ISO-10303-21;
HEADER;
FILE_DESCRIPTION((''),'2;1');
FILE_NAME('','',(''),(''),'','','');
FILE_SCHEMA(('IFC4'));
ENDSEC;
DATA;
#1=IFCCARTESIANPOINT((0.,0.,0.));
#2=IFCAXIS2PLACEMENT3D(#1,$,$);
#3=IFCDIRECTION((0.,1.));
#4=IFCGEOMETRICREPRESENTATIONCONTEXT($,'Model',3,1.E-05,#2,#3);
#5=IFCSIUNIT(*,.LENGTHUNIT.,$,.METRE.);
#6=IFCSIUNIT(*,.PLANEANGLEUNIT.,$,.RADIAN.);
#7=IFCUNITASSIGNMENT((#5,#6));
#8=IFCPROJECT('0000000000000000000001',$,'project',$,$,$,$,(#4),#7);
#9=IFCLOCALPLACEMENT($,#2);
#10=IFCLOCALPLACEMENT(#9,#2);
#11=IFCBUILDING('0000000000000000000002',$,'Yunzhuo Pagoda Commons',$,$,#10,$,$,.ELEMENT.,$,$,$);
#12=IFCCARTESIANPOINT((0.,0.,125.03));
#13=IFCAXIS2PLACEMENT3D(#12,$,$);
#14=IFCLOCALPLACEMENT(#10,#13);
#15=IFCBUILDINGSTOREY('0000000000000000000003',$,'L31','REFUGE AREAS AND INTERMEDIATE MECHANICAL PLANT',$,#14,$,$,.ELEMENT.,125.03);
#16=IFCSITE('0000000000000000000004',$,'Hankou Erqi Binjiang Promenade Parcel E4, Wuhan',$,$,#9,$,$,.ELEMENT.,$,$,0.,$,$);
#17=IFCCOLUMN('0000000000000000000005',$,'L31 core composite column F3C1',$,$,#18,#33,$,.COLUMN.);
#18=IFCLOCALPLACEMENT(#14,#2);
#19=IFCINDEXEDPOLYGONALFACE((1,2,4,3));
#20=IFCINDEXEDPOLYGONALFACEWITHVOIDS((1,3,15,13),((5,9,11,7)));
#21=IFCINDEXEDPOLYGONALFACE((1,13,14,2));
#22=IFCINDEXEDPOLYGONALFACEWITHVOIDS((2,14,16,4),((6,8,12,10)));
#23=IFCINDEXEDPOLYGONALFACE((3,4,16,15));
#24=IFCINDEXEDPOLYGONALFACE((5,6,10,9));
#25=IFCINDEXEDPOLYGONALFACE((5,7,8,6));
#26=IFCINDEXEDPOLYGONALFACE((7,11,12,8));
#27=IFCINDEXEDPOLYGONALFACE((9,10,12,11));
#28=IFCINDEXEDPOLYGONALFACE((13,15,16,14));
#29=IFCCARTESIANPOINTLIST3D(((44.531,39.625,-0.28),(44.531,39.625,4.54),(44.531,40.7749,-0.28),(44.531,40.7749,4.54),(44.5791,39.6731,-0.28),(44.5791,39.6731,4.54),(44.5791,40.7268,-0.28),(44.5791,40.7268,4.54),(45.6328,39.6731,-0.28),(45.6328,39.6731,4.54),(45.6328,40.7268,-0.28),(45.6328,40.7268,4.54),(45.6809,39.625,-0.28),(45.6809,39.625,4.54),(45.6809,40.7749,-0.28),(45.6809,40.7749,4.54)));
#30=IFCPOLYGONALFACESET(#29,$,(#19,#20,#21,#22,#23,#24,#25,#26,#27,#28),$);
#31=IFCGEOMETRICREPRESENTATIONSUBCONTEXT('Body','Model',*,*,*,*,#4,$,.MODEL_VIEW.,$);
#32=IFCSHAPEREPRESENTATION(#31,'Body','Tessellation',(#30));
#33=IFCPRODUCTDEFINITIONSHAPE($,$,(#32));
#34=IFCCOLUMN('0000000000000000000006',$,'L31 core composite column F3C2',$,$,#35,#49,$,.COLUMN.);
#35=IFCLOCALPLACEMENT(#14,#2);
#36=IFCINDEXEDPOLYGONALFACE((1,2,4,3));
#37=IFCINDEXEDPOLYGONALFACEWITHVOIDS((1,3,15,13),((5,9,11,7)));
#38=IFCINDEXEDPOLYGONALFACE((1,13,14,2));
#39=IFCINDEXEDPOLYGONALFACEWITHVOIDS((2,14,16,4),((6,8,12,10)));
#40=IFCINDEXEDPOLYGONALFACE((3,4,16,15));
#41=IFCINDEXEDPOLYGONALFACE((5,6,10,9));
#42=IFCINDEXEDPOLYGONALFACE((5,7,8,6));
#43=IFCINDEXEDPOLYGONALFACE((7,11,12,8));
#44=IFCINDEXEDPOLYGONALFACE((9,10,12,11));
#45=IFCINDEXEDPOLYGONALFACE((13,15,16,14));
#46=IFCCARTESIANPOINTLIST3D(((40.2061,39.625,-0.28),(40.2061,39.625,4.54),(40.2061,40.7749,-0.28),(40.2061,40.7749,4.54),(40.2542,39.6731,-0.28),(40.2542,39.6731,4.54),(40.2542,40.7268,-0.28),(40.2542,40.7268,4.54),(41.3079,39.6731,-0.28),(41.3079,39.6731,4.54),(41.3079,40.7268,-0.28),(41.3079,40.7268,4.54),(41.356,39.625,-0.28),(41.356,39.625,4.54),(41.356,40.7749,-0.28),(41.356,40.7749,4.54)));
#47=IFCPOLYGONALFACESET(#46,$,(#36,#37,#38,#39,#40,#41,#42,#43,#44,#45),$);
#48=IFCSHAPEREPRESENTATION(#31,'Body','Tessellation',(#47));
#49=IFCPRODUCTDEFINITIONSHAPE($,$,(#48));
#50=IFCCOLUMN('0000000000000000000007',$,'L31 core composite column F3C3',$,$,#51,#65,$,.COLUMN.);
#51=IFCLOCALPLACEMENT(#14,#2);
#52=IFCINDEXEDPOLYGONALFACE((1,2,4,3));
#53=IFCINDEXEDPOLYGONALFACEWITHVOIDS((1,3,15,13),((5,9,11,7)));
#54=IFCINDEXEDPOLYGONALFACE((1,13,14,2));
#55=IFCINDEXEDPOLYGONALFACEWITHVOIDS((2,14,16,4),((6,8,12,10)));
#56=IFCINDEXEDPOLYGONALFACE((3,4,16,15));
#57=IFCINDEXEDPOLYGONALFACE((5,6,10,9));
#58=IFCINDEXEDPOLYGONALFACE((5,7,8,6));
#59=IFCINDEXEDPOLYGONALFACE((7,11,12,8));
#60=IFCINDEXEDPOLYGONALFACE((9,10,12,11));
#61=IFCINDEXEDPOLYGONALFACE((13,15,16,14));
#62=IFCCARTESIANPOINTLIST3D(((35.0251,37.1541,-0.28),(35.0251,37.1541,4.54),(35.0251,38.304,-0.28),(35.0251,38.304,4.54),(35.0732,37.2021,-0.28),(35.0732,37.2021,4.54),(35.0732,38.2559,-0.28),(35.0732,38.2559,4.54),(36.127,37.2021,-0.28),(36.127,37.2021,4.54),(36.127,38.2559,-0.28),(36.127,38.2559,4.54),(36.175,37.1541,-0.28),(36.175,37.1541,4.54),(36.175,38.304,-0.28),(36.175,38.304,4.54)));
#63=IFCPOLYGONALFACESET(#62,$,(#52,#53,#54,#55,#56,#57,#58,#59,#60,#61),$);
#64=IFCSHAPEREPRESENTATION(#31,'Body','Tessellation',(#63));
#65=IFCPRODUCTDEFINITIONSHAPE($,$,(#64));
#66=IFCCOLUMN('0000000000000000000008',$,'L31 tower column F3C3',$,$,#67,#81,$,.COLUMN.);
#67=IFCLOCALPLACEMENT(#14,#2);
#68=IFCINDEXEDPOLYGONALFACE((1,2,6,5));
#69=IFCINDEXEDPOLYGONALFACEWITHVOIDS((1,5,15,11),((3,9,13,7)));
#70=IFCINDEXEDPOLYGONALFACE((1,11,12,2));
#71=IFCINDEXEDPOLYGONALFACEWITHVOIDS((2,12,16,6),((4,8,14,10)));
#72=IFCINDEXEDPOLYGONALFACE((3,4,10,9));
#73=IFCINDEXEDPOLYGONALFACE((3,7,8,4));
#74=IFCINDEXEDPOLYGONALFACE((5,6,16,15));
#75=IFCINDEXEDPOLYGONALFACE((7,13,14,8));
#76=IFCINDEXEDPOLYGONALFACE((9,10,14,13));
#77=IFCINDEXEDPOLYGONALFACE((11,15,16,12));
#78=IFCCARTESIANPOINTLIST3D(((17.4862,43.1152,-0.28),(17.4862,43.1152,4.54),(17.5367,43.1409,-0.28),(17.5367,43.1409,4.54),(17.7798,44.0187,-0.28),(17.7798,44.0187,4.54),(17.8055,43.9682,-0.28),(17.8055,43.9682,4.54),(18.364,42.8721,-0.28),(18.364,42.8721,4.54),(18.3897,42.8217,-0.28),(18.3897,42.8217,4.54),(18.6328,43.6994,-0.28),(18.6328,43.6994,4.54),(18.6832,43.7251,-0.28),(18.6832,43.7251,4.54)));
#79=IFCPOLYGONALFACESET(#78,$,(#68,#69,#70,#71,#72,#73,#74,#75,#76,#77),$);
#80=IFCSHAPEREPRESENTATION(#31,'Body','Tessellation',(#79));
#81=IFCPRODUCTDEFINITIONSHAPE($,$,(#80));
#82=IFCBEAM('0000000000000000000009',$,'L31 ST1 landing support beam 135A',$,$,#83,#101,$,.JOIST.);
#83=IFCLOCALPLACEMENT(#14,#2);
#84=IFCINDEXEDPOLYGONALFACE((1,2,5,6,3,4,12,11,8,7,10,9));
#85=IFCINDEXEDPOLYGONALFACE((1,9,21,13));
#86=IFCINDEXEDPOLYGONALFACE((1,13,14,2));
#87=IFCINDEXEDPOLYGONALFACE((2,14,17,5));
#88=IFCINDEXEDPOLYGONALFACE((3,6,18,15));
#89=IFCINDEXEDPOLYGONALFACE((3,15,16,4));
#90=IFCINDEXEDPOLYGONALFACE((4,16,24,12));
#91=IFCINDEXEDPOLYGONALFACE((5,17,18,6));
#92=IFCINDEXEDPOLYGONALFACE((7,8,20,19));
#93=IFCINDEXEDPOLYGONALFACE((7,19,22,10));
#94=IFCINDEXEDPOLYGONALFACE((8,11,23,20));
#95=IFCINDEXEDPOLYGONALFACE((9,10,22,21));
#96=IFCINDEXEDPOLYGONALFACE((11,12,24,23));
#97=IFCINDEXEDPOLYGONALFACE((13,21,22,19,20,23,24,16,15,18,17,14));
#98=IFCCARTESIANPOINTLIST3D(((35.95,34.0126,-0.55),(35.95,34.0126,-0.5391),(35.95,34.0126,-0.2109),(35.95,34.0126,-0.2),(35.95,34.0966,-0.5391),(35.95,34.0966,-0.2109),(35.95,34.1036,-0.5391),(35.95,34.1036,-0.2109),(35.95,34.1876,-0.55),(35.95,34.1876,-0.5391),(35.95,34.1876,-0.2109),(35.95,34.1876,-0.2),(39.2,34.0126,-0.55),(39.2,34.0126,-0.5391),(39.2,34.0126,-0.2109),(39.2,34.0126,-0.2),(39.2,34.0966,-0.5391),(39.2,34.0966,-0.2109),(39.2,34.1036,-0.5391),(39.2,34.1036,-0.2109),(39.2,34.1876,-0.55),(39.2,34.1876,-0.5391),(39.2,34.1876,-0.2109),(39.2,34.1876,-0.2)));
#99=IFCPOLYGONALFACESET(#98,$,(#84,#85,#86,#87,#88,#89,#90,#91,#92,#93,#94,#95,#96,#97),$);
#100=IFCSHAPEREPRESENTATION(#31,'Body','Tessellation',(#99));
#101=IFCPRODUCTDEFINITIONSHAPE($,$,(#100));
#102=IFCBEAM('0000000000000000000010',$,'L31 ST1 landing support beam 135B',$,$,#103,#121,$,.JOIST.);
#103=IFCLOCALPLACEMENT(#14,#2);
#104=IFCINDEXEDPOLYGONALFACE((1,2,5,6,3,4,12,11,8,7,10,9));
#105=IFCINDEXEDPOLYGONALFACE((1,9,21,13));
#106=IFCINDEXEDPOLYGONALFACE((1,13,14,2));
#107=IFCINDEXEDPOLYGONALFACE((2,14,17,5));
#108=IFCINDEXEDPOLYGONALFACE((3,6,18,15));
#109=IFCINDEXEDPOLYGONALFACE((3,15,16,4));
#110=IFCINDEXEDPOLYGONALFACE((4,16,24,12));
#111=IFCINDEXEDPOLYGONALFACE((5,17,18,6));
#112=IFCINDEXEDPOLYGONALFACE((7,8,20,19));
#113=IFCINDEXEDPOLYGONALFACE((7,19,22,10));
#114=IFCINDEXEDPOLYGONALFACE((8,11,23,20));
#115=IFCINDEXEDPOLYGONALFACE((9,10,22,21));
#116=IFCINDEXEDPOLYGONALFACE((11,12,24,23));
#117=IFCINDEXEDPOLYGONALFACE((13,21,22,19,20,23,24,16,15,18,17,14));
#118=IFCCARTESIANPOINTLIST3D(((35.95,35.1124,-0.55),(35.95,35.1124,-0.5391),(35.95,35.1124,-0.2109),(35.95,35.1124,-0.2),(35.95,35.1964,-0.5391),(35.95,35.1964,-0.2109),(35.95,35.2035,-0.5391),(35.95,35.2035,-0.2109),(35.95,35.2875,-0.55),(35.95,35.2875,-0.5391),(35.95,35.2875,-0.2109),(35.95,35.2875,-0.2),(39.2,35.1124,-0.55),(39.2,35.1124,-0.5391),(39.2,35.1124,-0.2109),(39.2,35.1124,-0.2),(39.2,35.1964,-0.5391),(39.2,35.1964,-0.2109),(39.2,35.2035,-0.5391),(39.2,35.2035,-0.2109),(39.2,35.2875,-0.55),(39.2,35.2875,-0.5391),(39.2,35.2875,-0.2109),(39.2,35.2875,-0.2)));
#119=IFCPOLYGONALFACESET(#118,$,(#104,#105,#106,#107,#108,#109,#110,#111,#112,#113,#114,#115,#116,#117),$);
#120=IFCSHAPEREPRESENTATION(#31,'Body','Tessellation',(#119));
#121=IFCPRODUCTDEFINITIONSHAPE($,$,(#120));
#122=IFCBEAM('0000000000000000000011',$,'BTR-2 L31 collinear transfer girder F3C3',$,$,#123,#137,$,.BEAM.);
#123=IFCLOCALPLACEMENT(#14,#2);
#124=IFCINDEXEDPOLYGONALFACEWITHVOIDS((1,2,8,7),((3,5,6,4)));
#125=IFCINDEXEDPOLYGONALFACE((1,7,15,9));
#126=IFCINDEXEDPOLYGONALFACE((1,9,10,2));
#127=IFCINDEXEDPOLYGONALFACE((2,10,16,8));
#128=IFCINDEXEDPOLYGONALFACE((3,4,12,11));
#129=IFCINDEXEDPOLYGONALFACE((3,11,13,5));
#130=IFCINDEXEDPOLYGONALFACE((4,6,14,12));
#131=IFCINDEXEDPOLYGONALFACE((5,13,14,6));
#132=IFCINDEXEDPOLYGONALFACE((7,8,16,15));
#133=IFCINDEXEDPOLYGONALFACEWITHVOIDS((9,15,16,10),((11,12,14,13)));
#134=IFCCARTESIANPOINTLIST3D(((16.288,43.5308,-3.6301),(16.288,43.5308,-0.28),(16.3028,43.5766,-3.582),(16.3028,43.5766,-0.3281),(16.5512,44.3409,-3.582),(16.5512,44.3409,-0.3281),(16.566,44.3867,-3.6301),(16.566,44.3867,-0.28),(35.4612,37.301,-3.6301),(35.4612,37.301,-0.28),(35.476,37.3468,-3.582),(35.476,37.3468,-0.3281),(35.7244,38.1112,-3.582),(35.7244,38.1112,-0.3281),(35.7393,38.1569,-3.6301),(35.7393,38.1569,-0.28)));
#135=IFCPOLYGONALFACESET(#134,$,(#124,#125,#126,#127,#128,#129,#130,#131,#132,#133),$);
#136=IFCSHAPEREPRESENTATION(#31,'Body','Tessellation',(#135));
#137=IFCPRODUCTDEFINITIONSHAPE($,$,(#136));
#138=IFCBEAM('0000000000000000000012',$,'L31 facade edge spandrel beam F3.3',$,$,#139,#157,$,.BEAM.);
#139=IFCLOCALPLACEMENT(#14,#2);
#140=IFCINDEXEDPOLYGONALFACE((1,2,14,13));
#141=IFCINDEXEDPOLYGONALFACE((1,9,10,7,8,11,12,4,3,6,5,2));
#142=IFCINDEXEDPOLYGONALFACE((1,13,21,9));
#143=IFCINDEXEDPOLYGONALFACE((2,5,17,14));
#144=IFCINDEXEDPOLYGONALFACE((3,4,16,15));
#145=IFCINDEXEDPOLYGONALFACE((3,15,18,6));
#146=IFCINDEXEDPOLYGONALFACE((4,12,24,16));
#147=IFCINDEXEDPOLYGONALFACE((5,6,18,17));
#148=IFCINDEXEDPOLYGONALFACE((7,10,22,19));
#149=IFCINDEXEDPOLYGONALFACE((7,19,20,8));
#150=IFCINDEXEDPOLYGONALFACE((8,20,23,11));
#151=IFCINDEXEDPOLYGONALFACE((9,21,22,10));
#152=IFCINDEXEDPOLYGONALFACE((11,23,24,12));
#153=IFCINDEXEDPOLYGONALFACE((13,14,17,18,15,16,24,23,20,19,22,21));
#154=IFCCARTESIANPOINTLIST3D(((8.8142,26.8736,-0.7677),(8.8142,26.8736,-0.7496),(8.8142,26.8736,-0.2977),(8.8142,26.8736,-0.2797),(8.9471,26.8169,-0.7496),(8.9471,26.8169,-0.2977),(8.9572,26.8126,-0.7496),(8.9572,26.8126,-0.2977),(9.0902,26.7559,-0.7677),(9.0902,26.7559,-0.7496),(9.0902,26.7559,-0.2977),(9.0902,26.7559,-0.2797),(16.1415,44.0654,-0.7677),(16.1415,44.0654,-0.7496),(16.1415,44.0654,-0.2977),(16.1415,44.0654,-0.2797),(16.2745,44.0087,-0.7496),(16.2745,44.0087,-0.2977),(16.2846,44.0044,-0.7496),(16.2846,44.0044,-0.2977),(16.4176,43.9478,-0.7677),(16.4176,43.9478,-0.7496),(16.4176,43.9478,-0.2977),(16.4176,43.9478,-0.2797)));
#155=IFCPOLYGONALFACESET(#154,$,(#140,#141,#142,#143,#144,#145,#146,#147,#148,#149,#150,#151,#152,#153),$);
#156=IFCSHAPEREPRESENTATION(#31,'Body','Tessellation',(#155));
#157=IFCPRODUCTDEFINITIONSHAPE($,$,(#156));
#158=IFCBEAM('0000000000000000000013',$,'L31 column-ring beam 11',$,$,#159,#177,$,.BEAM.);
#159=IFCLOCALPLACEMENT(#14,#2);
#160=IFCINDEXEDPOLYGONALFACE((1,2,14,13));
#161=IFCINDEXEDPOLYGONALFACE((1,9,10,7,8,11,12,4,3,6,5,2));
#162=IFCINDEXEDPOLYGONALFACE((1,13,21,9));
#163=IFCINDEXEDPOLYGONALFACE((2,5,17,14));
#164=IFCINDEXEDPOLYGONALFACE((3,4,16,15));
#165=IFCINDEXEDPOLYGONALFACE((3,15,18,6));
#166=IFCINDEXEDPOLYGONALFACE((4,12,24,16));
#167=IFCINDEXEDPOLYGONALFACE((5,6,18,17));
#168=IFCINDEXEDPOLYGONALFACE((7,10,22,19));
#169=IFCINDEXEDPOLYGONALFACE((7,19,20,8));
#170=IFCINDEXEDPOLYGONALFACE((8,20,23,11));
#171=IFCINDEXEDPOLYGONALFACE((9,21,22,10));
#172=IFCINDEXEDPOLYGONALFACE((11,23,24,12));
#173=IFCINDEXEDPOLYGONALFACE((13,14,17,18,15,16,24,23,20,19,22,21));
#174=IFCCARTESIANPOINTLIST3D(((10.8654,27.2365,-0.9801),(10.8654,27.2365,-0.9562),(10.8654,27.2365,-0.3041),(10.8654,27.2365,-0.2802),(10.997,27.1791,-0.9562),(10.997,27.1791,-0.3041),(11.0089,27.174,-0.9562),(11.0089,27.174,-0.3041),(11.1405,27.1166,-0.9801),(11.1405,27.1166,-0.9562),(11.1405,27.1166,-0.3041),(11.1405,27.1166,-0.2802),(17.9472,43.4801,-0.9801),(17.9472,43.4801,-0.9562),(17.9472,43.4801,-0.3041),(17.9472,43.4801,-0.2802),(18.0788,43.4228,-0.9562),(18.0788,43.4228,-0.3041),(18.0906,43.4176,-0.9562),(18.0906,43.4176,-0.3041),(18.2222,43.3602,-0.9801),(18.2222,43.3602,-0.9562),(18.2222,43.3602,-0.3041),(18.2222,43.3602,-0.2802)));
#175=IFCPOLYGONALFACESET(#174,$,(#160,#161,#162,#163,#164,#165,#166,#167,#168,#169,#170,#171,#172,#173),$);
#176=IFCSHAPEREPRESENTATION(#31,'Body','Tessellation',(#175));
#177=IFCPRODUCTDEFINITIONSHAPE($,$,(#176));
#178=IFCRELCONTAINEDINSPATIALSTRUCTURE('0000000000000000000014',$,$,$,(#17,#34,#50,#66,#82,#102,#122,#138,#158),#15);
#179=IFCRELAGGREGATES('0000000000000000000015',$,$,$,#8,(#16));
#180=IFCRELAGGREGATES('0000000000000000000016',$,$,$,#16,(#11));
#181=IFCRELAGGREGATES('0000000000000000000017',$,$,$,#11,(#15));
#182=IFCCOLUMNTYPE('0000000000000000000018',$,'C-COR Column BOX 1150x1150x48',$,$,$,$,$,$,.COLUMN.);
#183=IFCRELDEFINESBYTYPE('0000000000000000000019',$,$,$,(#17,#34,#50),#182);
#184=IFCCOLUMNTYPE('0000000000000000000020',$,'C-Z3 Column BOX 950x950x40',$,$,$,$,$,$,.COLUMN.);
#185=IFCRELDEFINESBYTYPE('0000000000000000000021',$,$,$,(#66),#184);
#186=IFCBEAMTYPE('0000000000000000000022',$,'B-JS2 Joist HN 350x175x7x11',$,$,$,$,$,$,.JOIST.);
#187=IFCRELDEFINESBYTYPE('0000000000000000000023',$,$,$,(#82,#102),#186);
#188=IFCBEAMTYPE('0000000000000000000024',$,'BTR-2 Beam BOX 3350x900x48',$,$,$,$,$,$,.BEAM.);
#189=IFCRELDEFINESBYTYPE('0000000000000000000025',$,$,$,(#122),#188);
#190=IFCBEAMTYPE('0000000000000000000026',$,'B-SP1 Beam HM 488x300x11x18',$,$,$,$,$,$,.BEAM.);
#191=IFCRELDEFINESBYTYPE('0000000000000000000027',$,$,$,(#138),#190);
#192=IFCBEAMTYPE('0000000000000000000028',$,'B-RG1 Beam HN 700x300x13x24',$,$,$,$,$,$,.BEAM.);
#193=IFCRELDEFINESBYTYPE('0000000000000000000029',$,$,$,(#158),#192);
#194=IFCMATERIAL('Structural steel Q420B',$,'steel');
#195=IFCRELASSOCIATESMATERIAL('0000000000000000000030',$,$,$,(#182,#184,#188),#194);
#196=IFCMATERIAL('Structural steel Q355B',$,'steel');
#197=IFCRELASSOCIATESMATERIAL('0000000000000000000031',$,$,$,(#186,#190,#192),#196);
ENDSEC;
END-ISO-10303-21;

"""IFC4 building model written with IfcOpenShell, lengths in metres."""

from ifc_helpers import new_model, si_unit, direction, frame, origin, origin_2d, place, context, subcontext, project, spatial, hollow_rectangle, i_section, extrude, source, transform, mapped, material, material_profile, profile_set, type_object, element, save


model = new_model("IFC4")

# Units and contexts
model_context = context("Model", 3, precision=1e-05, world=origin(), true_north=direction((0.0, 1.0)))
body_context = subcontext(model_context, "Body", "Model", "MODEL_VIEW")
ifc_project = project(units=[si_unit("LENGTHUNIT", "METRE"), si_unit("PLANEANGLEUNIT", "RADIAN")], contexts=[model_context])

# Site, building, storey
site_placement = place(None, origin())
site = spatial("IfcSite", under=ifc_project, at=site_placement, Name="Hankou Erqi Binjiang Promenade Parcel E4, Wuhan", CompositionType="ELEMENT", RefElevation=0.0)
building_placement = place(site_placement, origin())
building = spatial("IfcBuilding", under=site, at=building_placement, Name="Yunzhuo Pagoda Commons", CompositionType="ELEMENT")
storey_placement = place(building_placement, frame((0.0, 0.0, 125.03)))
storey = spatial("IfcBuildingStorey", under=building, at=storey_placement, Name="L31", Description="REFUGE AREAS AND INTERMEDIATE MECHANICAL PLANT", CompositionType="ELEMENT", Elevation=125.03)

# Columns
ifc_material_1 = material(Name="Structural steel Q420B", Category="steel")
ifc_material_profile_1 = material_profile(ifc_material_1, hollow_rectangle(XDim=1.1499, YDim=1.1499, WallThickness=0.0481, at=origin_2d()), Name="Structural steel Q420B")
ifc_profile_set_1 = profile_set([ifc_material_profile_1], Name="Structural steel Q420B")
column_type_1 = type_object("IfcColumnType", Name="C-COR Column BOX 1150x1150x48", PredefinedType="COLUMN", material=ifc_profile_set_1)
shared_shape_1 = source(origin(), body_context, "Body", "SweptSolid", [
    extrude(hollow_rectangle(XDim=1.1499, YDim=1.1499, WallThickness=0.0481, at=origin_2d()), origin(), (0.0, 0.0, 1.0), 4.8201),
])
for number, where, z_axis, x_axis, name in (
    (1, (45.106, 40.2, -0.28), (0.0, 0.0, 1.0), (1.0, 0.0, 0.0), "L31 core composite column F3C1"),
    (2, (40.781, 40.2, -0.28), (0.0, 0.0, 1.0), (1.0, 0.0, 0.0), "L31 core composite column F3C2"),
    (3, (35.6001, 37.729, -0.28), (0.0, 0.0, 1.0), (1.0, 0.0, 0.0), "L31 core composite column F3C3"),
):
    element("IfcColumn", number, at=place(storey_placement, frame(where, z_axis=z_axis, x_axis=x_axis)), inside=storey, type_object=column_type_1, Name=name, PredefinedType="COLUMN", context=body_context, shape_type="MappedRepresentation", body=[
        mapped(shared_shape_1, transform((0.0, 0.0, 0.0), scale=1.0)),
    ])
ifc_material_profile_2 = material_profile(ifc_material_1, hollow_rectangle(XDim=0.95, YDim=0.95, WallThickness=0.04, at=origin_2d()), Name="Structural steel Q420B")
ifc_profile_set_2 = profile_set([ifc_material_profile_2], Name="Structural steel Q420B")
column_type_2 = type_object("IfcColumnType", Name="C-Z3 Column BOX 950x950x40", PredefinedType="COLUMN", material=ifc_profile_set_2)
shared_shape_2 = source(origin(), body_context, "Body", "SweptSolid", [
    extrude(hollow_rectangle(XDim=0.95, YDim=0.95, WallThickness=0.04, at=origin_2d()), origin(), (0.0, 0.0, 1.0), 4.8201),
])
column_placement = place(storey_placement, frame((18.0847, 43.4202, -0.28), z_axis=(0.0, 0.0, 1.0), x_axis=(-0.309017, -0.951057, 0.0)))
element("IfcColumn", 4, at=column_placement, inside=storey, type_object=column_type_2, Name="L31 tower column F3C3", PredefinedType="COLUMN", context=body_context, shape_type="MappedRepresentation", body=[
    mapped(shared_shape_2, transform((0.0, 0.0, 0.0), scale=1.0)),
])

# Beams
ifc_material_2 = material(Name="Structural steel Q355B", Category="steel")
ifc_material_profile_3 = material_profile(ifc_material_2, i_section(OverallWidth=0.175, OverallDepth=0.3501, WebThickness=0.0071, FlangeThickness=0.011, at=origin_2d()), Name="Structural steel Q355B")
ifc_profile_set_3 = profile_set([ifc_material_profile_3], Name="Structural steel Q355B")
beam_type_1 = type_object("IfcBeamType", Name="B-JS2 Joist HN 350x175x7x11", PredefinedType="JOIST", material=ifc_profile_set_3)
shared_shape_3 = source(origin(), body_context, "Body", "SweptSolid", [
    extrude(i_section(OverallWidth=0.175, OverallDepth=0.3501, WebThickness=0.0071, FlangeThickness=0.011, at=origin_2d()), origin(), (0.0, 0.0, 1.0), 3.25),
])
for number, where, z_axis, x_axis, name in (
    (5, (35.95, 34.1001, -0.375), (1.0, 0.0, 0.0), (0.0, 1.0, 0.0), "L31 ST1 landing support beam 135A"),
    (6, (35.95, 35.2, -0.375), (1.0, 0.0, 0.0), (0.0, 1.0, 0.0), "L31 ST1 landing support beam 135B"),
):
    element("IfcBeam", number, at=place(storey_placement, frame(where, z_axis=z_axis, x_axis=x_axis)), inside=storey, type_object=beam_type_1, Name=name, PredefinedType="JOIST", context=body_context, shape_type="MappedRepresentation", body=[
        mapped(shared_shape_3, transform((0.0, 0.0, 0.0), scale=1.0)),
    ])
ifc_material_profile_4 = material_profile(ifc_material_1, hollow_rectangle(XDim=0.8999, YDim=3.3501, WallThickness=0.0481, at=origin_2d()), Name="Structural steel Q420B")
ifc_profile_set_4 = profile_set([ifc_material_profile_4], Name="Structural steel Q420B")
beam_type_2 = type_object("IfcBeamType", Name="BTR-2 Beam BOX 3350x900x48", PredefinedType="BEAM", material=ifc_profile_set_4)
shared_shape_4 = source(origin(), body_context, "Body", "SweptSolid", [
    extrude(hollow_rectangle(XDim=0.8999, YDim=3.3501, WallThickness=0.0481, at=origin_2d()), origin(), (0.0, 0.0, 1.0), 20.1599),
])
beam_1_placement = place(storey_placement, frame((16.427, 43.9587, -1.9551), z_axis=(0.951056, -0.309018, 0.0), x_axis=(0.309018, 0.951056, 0.0)))
element("IfcBeam", 7, at=beam_1_placement, inside=storey, type_object=beam_type_2, Name="BTR-2 L31 collinear transfer girder F3C3", PredefinedType="BEAM", context=body_context, shape_type="MappedRepresentation", body=[
    mapped(shared_shape_4, transform((0.0, 0.0, 0.0), scale=1.0)),
])
ifc_material_profile_5 = material_profile(ifc_material_2, i_section(OverallWidth=0.3, OverallDepth=0.488, WebThickness=0.011, FlangeThickness=0.0181, at=origin_2d()), Name="Structural steel Q355B")
ifc_profile_set_5 = profile_set([ifc_material_profile_5], Name="Structural steel Q355B")
beam_type_3 = type_object("IfcBeamType", Name="B-SP1 Beam HM 488x300x11x18", PredefinedType="BEAM", material=ifc_profile_set_5)
shared_shape_5 = source(origin(), body_context, "Body", "SweptSolid", [
    extrude(i_section(OverallWidth=0.3, OverallDepth=0.488, WebThickness=0.011, FlangeThickness=0.0181, at=origin_2d()), origin(), (0.0, 0.0, 1.0), 18.6882),
])
beam_2_placement = place(storey_placement, frame((16.2795, 44.0066, -0.5237), z_axis=(-0.392085, -0.919929, 0.0), x_axis=(0.919929, -0.392085, 0.0)))
element("IfcBeam", 8, at=beam_2_placement, inside=storey, type_object=beam_type_3, Name="L31 facade edge spandrel beam F3.3", PredefinedType="BEAM", context=body_context, shape_type="MappedRepresentation", body=[
    mapped(shared_shape_5, transform((0.0, 0.0, 0.0), scale=1.0)),
])
ifc_material_profile_6 = material_profile(ifc_material_2, i_section(OverallWidth=0.3, OverallDepth=0.7, WebThickness=0.0129, FlangeThickness=0.0239, at=origin_2d()), Name="Structural steel Q355B")
ifc_profile_set_6 = profile_set([ifc_material_profile_6], Name="Structural steel Q355B")
beam_type_4 = type_object("IfcBeamType", Name="B-RG1 Beam HN 700x300x13x24", PredefinedType="BEAM", material=ifc_profile_set_6)
shared_shape_6 = source(origin(), body_context, "Body", "SweptSolid", [
    extrude(i_section(OverallWidth=0.3, OverallDepth=0.7, WebThickness=0.0129, FlangeThickness=0.0239, at=origin_2d()), origin(), (0.0, 0.0, 1.0), 17.7202),
])
beam_3_placement = place(storey_placement, frame((18.0847, 43.4202, -0.6301), z_axis=(-0.399643, -0.916671, 0.0), x_axis=(0.916671, -0.399643, 0.0)))
element("IfcBeam", 9, at=beam_3_placement, inside=storey, type_object=beam_type_4, Name="L31 column-ring beam 11", PredefinedType="BEAM", context=body_context, shape_type="MappedRepresentation", body=[
    mapped(shared_shape_6, transform((0.0, 0.0, 0.0), scale=1.0)),
])

save(model, "model.ifc")
